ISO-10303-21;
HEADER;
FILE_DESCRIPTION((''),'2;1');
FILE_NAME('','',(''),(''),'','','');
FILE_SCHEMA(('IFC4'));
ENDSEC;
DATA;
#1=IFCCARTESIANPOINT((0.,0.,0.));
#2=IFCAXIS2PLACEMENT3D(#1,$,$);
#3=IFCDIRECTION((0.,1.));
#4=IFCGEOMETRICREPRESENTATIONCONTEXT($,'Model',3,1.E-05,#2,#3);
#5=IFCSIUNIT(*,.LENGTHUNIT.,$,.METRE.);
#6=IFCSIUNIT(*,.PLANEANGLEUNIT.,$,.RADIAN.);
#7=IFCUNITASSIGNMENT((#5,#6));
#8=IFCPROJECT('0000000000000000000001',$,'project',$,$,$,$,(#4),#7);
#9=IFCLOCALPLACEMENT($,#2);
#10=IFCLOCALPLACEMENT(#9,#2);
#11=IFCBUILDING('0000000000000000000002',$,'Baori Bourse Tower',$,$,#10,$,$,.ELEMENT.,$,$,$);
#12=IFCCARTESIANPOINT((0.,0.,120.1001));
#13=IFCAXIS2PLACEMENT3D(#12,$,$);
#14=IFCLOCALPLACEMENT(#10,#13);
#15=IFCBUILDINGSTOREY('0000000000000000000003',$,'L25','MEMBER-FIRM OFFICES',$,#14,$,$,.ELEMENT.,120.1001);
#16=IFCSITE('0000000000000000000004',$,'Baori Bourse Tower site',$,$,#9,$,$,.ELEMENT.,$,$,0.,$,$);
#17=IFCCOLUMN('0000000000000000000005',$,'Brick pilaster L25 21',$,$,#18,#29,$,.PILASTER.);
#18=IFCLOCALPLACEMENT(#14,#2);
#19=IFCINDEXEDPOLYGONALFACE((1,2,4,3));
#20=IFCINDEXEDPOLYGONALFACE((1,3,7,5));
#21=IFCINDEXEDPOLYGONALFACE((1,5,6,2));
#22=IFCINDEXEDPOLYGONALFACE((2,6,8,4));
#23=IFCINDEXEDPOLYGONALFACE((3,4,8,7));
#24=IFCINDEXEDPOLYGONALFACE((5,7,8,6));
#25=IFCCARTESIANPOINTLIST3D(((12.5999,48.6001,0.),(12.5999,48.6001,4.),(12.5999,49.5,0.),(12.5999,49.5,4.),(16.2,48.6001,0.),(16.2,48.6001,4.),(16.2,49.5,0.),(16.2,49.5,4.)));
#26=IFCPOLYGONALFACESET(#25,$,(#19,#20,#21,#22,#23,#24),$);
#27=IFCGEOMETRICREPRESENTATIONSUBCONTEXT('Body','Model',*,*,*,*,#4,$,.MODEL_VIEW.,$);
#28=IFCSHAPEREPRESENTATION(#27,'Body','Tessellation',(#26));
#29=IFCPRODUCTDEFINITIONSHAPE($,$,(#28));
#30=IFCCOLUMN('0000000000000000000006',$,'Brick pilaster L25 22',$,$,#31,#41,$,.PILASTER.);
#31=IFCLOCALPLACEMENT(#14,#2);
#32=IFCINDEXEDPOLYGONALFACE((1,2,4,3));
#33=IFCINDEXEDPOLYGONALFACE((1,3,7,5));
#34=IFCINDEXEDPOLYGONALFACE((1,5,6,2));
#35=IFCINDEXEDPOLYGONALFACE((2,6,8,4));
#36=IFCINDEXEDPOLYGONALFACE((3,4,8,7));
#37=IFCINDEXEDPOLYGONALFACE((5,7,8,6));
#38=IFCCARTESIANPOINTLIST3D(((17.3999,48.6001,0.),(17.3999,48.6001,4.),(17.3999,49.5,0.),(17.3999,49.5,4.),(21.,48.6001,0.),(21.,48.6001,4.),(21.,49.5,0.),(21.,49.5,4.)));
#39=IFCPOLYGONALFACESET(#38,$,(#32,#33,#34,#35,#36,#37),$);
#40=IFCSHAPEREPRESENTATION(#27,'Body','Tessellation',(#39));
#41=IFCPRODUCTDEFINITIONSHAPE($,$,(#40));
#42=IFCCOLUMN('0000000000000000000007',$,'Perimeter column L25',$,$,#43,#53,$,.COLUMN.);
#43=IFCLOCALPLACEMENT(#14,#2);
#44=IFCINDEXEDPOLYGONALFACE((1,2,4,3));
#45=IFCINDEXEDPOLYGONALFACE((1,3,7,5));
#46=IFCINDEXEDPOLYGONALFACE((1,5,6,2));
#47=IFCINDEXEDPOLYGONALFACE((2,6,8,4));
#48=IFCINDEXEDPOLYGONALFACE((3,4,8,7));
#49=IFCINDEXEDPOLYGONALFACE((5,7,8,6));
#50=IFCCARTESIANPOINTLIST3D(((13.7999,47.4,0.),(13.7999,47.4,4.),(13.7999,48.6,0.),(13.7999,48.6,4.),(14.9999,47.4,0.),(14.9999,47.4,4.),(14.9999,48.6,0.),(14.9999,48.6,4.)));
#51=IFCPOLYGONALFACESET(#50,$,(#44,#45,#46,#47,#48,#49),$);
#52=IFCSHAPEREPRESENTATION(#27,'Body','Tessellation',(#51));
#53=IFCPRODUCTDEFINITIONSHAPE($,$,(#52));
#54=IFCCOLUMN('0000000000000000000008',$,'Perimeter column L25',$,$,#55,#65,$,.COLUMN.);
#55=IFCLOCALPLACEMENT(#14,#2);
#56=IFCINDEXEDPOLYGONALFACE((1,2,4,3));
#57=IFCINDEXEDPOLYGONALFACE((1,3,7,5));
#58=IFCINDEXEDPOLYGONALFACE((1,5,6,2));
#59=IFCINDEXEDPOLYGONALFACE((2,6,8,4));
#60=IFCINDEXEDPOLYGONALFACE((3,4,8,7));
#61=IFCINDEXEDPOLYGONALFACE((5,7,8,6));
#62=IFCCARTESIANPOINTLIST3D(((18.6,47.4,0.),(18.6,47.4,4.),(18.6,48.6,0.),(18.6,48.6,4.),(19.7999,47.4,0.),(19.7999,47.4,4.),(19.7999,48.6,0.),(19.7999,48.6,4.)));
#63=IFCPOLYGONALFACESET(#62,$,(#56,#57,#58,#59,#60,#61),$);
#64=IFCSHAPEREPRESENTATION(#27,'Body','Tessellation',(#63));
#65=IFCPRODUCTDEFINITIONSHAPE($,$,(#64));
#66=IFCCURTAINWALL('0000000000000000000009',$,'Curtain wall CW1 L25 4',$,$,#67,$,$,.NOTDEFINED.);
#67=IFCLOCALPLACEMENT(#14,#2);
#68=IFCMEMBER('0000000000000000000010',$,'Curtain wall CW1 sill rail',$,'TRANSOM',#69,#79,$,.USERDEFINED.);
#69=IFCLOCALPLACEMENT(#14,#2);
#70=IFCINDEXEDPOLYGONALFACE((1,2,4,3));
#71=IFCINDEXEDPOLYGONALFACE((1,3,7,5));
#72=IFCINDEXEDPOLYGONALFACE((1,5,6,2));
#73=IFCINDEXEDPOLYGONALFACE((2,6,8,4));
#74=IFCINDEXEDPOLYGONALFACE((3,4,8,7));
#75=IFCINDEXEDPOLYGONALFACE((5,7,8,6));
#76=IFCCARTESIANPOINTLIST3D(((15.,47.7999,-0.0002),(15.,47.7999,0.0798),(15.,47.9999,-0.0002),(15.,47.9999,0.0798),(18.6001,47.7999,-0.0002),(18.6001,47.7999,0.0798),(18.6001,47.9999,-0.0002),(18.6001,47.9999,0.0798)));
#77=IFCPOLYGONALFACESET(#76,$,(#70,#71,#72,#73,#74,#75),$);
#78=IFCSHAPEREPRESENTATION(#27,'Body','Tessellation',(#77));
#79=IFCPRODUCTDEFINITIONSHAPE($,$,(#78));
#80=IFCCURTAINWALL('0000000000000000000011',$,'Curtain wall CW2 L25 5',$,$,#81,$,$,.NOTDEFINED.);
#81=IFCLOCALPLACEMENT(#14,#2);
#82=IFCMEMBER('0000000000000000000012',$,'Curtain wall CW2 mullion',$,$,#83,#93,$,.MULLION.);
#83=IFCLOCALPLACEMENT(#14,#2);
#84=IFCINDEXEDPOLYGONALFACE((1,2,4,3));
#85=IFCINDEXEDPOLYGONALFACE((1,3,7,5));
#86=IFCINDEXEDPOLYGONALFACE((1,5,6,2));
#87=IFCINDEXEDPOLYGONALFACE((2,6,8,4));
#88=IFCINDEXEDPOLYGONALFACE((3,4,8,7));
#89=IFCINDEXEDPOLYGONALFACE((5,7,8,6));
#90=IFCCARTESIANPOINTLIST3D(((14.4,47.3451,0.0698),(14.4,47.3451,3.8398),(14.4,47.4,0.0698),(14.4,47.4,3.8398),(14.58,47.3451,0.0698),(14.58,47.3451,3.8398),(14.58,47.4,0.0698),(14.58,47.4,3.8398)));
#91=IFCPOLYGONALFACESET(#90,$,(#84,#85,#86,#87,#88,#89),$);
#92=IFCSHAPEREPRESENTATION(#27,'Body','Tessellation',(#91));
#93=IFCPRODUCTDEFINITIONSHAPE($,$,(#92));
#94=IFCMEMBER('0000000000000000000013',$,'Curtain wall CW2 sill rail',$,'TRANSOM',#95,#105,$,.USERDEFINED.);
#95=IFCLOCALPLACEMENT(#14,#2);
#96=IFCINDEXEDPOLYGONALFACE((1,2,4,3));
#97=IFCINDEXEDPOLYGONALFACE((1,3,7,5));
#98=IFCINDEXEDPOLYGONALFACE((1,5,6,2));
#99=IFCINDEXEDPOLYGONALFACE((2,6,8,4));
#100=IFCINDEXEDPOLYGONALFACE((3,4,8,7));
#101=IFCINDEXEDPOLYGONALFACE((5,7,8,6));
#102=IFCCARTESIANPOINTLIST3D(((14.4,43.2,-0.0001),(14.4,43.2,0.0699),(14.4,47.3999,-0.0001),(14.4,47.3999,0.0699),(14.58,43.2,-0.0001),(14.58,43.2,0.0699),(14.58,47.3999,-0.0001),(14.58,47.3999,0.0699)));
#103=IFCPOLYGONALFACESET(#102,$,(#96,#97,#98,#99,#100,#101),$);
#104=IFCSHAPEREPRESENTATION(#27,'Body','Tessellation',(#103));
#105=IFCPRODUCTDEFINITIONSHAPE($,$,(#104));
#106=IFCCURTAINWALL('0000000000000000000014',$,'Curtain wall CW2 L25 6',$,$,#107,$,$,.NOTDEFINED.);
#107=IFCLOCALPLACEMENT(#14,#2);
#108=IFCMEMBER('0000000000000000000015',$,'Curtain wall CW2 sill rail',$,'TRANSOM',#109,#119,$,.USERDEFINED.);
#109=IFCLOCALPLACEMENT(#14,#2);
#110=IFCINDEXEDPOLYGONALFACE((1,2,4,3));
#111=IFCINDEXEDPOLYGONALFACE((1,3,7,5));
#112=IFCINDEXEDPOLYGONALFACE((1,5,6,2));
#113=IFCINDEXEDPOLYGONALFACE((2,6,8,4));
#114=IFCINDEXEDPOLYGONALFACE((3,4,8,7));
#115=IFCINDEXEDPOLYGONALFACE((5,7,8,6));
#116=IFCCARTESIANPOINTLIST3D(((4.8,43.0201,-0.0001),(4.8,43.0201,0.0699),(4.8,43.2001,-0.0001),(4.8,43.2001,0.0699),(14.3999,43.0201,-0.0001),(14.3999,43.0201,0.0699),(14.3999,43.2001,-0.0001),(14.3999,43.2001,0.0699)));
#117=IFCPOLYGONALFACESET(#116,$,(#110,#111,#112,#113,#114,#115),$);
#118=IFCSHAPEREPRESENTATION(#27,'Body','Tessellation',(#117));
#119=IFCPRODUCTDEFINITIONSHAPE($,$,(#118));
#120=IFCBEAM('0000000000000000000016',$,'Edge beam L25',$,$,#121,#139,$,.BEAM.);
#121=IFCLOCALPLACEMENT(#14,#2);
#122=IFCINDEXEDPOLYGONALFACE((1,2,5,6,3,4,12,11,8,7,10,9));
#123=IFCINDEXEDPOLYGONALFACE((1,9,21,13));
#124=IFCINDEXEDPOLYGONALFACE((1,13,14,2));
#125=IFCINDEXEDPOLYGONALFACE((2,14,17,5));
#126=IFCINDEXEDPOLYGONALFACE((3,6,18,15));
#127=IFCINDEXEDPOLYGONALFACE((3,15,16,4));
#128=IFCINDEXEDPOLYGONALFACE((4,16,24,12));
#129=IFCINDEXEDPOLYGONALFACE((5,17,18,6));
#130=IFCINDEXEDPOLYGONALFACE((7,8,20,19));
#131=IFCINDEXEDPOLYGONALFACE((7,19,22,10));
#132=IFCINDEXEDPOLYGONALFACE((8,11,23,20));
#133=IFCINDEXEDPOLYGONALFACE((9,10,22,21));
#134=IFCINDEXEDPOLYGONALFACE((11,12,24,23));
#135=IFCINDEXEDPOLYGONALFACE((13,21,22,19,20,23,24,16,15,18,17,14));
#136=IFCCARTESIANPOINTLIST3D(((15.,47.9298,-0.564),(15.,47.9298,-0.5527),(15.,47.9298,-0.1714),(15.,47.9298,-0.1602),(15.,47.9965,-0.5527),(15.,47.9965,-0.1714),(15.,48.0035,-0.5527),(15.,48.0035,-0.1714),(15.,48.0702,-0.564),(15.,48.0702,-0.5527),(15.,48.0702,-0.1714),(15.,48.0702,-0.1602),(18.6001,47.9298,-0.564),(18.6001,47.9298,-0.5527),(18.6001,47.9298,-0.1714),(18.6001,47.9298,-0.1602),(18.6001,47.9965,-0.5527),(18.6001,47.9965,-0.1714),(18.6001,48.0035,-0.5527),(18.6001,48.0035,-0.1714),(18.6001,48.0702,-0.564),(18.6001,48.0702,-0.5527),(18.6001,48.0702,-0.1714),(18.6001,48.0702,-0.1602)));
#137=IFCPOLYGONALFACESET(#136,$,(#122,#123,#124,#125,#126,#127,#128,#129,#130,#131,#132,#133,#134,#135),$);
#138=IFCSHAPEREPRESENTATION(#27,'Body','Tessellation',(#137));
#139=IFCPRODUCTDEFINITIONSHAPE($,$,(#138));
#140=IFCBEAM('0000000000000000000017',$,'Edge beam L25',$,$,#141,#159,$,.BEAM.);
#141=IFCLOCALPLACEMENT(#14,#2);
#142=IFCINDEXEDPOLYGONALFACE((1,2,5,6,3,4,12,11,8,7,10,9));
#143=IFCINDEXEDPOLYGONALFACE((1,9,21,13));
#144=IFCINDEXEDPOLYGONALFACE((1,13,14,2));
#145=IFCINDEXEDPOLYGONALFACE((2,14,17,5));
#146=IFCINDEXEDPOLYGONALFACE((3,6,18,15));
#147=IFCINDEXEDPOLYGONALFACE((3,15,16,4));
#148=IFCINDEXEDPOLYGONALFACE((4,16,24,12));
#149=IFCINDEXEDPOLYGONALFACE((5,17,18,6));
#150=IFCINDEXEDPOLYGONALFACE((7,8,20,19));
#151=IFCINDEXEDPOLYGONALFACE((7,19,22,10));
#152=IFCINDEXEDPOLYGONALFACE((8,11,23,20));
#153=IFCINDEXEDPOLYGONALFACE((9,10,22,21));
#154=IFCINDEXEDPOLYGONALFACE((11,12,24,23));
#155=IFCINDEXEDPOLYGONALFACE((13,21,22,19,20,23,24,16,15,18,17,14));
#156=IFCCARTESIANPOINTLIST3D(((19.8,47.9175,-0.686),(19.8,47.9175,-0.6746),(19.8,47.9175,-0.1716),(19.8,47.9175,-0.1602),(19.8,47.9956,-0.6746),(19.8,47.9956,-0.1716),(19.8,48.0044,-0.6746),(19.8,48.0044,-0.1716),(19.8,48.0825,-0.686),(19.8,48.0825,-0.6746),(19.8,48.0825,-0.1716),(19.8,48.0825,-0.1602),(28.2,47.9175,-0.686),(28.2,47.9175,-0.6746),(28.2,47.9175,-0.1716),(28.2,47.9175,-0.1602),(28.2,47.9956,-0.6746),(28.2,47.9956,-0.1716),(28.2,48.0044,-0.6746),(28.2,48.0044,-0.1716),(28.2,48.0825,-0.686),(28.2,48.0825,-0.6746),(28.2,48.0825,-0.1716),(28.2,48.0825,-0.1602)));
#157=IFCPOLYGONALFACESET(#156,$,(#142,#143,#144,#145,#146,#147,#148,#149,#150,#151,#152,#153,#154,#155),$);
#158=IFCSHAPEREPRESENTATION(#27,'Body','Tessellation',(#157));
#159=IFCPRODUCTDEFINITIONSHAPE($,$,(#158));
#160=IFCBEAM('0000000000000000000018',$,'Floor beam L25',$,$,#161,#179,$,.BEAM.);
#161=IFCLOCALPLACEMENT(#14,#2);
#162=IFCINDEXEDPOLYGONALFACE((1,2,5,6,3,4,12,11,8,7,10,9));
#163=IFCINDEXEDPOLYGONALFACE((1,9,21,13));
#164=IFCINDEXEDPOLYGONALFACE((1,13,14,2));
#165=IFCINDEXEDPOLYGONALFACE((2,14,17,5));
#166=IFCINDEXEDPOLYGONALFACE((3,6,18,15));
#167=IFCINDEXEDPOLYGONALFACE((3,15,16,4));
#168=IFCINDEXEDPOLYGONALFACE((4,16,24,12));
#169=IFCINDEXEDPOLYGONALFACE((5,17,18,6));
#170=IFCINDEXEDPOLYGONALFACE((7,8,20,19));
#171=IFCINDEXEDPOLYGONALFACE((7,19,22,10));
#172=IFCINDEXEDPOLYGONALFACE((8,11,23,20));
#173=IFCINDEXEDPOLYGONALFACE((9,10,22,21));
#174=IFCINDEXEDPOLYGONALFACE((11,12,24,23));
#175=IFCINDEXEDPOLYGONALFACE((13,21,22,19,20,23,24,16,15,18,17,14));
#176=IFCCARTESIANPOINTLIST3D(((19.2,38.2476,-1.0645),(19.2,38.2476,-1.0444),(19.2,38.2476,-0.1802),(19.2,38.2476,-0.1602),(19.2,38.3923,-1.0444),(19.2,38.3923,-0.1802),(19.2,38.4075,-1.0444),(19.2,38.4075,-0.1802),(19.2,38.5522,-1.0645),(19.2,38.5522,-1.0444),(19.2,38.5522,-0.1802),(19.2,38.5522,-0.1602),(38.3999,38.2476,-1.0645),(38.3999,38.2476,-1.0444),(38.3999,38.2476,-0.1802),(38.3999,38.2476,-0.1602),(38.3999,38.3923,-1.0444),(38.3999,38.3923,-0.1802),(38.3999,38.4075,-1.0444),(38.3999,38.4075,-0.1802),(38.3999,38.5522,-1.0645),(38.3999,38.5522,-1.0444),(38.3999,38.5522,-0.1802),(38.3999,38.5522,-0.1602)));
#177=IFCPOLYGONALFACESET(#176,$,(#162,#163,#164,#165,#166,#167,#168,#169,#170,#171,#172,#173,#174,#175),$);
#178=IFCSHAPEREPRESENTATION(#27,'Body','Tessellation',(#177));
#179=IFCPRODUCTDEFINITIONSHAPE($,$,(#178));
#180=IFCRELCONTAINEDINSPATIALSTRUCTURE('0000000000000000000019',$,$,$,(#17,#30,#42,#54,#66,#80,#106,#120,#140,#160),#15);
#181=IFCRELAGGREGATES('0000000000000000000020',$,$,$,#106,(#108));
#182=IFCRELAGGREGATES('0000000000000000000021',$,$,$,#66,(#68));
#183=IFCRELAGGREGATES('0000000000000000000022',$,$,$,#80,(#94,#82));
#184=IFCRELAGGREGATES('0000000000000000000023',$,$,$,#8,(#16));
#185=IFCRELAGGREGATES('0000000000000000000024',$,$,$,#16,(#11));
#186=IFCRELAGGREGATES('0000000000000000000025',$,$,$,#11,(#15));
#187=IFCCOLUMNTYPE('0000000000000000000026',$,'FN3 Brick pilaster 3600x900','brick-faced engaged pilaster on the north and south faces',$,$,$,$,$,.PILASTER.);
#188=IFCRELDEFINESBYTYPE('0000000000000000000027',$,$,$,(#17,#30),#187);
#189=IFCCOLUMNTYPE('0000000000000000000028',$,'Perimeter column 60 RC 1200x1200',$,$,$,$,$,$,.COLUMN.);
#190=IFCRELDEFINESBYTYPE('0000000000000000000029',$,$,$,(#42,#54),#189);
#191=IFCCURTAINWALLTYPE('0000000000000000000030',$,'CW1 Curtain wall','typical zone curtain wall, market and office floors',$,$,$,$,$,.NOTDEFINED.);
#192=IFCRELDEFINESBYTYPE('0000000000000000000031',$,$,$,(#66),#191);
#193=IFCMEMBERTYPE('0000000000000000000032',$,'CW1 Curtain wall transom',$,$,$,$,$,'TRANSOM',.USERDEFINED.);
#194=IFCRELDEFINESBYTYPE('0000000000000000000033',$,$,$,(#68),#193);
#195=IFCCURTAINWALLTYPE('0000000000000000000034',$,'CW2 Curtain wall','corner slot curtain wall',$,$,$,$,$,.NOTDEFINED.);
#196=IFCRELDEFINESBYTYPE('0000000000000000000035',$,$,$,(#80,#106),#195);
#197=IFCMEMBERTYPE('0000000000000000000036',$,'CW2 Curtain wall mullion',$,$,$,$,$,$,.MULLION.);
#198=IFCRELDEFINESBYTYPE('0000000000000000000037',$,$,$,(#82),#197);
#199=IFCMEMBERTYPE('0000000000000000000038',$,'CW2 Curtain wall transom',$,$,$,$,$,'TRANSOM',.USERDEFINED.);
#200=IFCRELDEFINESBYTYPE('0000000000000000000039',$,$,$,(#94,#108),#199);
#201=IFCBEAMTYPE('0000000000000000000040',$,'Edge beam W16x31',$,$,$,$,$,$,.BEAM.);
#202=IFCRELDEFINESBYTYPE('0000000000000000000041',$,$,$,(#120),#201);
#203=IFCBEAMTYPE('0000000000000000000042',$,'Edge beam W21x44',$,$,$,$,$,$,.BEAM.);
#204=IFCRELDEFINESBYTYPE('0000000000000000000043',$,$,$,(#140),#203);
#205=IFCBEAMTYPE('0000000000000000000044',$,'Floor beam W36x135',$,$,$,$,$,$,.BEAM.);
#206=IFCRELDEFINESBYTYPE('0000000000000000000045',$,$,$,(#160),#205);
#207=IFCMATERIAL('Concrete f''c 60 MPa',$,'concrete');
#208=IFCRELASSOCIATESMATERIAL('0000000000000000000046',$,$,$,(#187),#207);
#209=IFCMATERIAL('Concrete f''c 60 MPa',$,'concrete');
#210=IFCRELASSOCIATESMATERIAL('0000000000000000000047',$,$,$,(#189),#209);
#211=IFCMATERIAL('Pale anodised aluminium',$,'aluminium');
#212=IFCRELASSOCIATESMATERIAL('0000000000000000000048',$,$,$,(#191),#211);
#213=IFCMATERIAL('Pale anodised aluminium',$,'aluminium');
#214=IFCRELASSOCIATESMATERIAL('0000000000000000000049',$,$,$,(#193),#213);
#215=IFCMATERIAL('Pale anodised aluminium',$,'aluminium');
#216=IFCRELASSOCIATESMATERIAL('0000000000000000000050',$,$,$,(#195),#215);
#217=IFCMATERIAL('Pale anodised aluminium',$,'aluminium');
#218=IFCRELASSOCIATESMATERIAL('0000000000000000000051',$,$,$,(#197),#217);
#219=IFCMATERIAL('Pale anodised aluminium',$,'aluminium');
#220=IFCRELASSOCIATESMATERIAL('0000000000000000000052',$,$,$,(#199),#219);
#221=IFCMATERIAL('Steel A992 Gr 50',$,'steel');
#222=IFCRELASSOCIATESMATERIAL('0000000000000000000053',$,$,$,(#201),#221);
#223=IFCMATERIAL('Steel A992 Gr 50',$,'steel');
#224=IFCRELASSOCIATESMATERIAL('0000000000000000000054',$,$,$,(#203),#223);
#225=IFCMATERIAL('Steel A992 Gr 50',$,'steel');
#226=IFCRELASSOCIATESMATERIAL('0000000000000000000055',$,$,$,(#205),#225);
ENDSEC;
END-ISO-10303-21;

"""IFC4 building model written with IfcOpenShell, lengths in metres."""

from ifc_helpers import new_model, si_unit, direction, frame, origin, origin_2d, place, context, subcontext, project, spatial, rectangle, i_section, extrude, material, material_profile, profile_set, type_object, element, aggregate, save


model = new_model("IFC4")

# Units and contexts
model_context = context("Model", 3, precision=1e-05, world=origin(), true_north=direction((0.0, 1.0)))
body_context = subcontext(model_context, "Body", "Model", "MODEL_VIEW")
ifc_project = project(units=[si_unit("LENGTHUNIT", "METRE"), si_unit("PLANEANGLEUNIT", "RADIAN")], contexts=[model_context])

# Site, building, storey
site_placement = place(None, origin())
site = spatial("IfcSite", under=ifc_project, at=site_placement, Name="Baori Bourse Tower site", CompositionType="ELEMENT", RefElevation=0.0)
building_placement = place(site_placement, origin())
building = spatial("IfcBuilding", under=site, at=building_placement, Name="Baori Bourse Tower", CompositionType="ELEMENT")
storey_placement = place(building_placement, frame((0.0, 0.0, 120.1001)))
storey = spatial("IfcBuildingStorey", under=building, at=storey_placement, Name="L25", Description="MEMBER-FIRM OFFICES", CompositionType="ELEMENT", Elevation=120.1001)

# Columns
ifc_material_1 = material(Name="Concrete f'c 60 MPa", Category="concrete")
ifc_material_profile_1 = material_profile(ifc_material_1, rectangle(XDim=3.6001, YDim=0.8999, at=origin_2d()), Name="RC 3600x900")
ifc_profile_set_1 = profile_set([ifc_material_profile_1], Name="Concrete f'c 60 MPa")
column_type_1 = type_object("IfcColumnType", Name="FN3 Brick pilaster 3600x900", Description="brick-faced engaged pilaster on the north and south faces", PredefinedType="PILASTER", material=ifc_profile_set_1)
for number, where, z_axis, x_axis, name in (
    (1, (14.3999, 49.05, 0.0), (0.0, 0.0, 1.0), (1.0, 0.0, 0.0), "Brick pilaster L25 21"),
    (2, (19.2, 49.05, 0.0), (0.0, 0.0, 1.0), (1.0, 0.0, 0.0), "Brick pilaster L25 22"),
):
    element("IfcColumn", number, at=place(storey_placement, frame(where, z_axis=z_axis, x_axis=x_axis)), inside=storey, type_object=column_type_1, Name=name, PredefinedType="PILASTER", context=body_context, shape_type="SweptSolid", body=[
        extrude(rectangle(XDim=3.6001, YDim=0.8999, at=origin_2d()), origin(), (0.0, 0.0, 1.0), 4.0),
    ])
ifc_material_2 = material(Name="Concrete f'c 60 MPa", Category="concrete")
ifc_material_profile_2 = material_profile(ifc_material_2, rectangle(XDim=1.2, YDim=1.2, at=origin_2d()), Name="RC 1200x1200")
ifc_profile_set_2 = profile_set([ifc_material_profile_2], Name="Concrete f'c 60 MPa")
column_type_2 = type_object("IfcColumnType", Name="Perimeter column 60 RC 1200x1200", PredefinedType="COLUMN", material=ifc_profile_set_2)
for number, where, z_axis, x_axis, name in (
    (3, (14.3999, 48.0, 0.0), (0.0, 0.0, 1.0), (1.0, 0.0, 0.0), "Perimeter column L25"),
    (4, (19.2, 48.0, 0.0), (0.0, 0.0, 1.0), (1.0, 0.0, 0.0), "Perimeter column L25"),
):
    element("IfcColumn", number, at=place(storey_placement, frame(where, z_axis=z_axis, x_axis=x_axis)), inside=storey, type_object=column_type_2, Name=name, PredefinedType="COLUMN", context=body_context, shape_type="SweptSolid", body=[
        extrude(rectangle(XDim=1.2, YDim=1.2, at=origin_2d()), origin(), (0.0, 0.0, 1.0), 4.0),
    ])

# Curtain wall, member
ifc_material_3 = material(Name="Pale anodised aluminium", Category="aluminium")
curtain_wall_type_1 = type_object("IfcCurtainWallType", Name="CW1 Curtain wall", Description="typical zone curtain wall, market and office floors", PredefinedType="NOTDEFINED", material=ifc_material_3)
curtain_wall_1_placement = place(storey_placement, origin())
curtain_wall_1 = element("IfcCurtainWall", 5, at=curtain_wall_1_placement, inside=storey, type_object=curtain_wall_type_1, Name="Curtain wall CW1 L25 4", PredefinedType="NOTDEFINED")
ifc_material_4 = material(Name="Pale anodised aluminium", Category="aluminium")
ifc_material_profile_3 = material_profile(ifc_material_4, rectangle(XDim=0.2, YDim=0.0801, at=origin_2d()), Name="Transom 80x200")
ifc_profile_set_3 = profile_set([ifc_material_profile_3], Name="Pale anodised aluminium")
member_type_1 = type_object("IfcMemberType", Name="CW1 Curtain wall transom", ElementType="TRANSOM", PredefinedType="USERDEFINED", material=ifc_profile_set_3)
member_1_placement = place(storey_placement, frame((18.6001, 47.8999, 0.0398), z_axis=(-1.0, 0.0, 0.0), x_axis=(0.0, -1.0, 0.0)))
member_1 = element("IfcMember", 6, at=member_1_placement, type_object=member_type_1, Name="Curtain wall CW1 sill rail", ObjectType="TRANSOM", PredefinedType="USERDEFINED", context=body_context, shape_type="SweptSolid", body=[
    extrude(rectangle(XDim=0.2, YDim=0.0801, at=origin_2d()), origin(), (0.0, 0.0, 1.0), 3.6001),
])

# Curtain wall, members
ifc_material_5 = material(Name="Pale anodised aluminium", Category="aluminium")
curtain_wall_type_2 = type_object("IfcCurtainWallType", Name="CW2 Curtain wall", Description="corner slot curtain wall", PredefinedType="NOTDEFINED", material=ifc_material_5)
curtain_wall_2_placement = place(storey_placement, origin())
curtain_wall_2 = element("IfcCurtainWall", 7, at=curtain_wall_2_placement, inside=storey, type_object=curtain_wall_type_2, Name="Curtain wall CW2 L25 5", PredefinedType="NOTDEFINED")
ifc_material_6 = material(Name="Pale anodised aluminium", Category="aluminium")
ifc_material_profile_4 = material_profile(ifc_material_6, rectangle(XDim=0.1799, YDim=0.0549, at=origin_2d()), Name="Mullion 55x180")
ifc_profile_set_4 = profile_set([ifc_material_profile_4], Name="Pale anodised aluminium")
member_type_2 = type_object("IfcMemberType", Name="CW2 Curtain wall mullion", PredefinedType="MULLION", material=ifc_profile_set_4)
member_2_placement = place(storey_placement, frame((14.49, 47.3726, 0.0698), z_axis=(0.0, 0.0, 1.0), x_axis=(1.0, 0.0, 0.0)))
member_2 = element("IfcMember", 8, at=member_2_placement, type_object=member_type_2, Name="Curtain wall CW2 mullion", PredefinedType="MULLION", context=body_context, shape_type="SweptSolid", body=[
    extrude(rectangle(XDim=0.1799, YDim=0.0549, at=origin_2d()), origin(), (0.0, 0.0, 1.0), 3.77),
])
ifc_material_7 = material(Name="Pale anodised aluminium", Category="aluminium")
ifc_material_profile_5 = material_profile(ifc_material_7, rectangle(XDim=0.1799, YDim=0.0701, at=origin_2d()), Name="Transom 70x180")
ifc_profile_set_5 = profile_set([ifc_material_profile_5], Name="Pale anodised aluminium")
member_type_3 = type_object("IfcMemberType", Name="CW2 Curtain wall transom", ElementType="TRANSOM", PredefinedType="USERDEFINED", material=ifc_profile_set_5)
member_3_placement = place(storey_placement, frame((14.49, 47.3999, 0.0349), z_axis=(0.0, -1.0, 0.0), x_axis=(1.0, 0.0, 0.0)))
member_3 = element("IfcMember", 9, at=member_3_placement, type_object=member_type_3, Name="Curtain wall CW2 sill rail", ObjectType="TRANSOM", PredefinedType="USERDEFINED", context=body_context, shape_type="SweptSolid", body=[
    extrude(rectangle(XDim=0.1799, YDim=0.0701, at=origin_2d()), origin(), (0.0, 0.0, 1.0), 4.2),
])

# Curtain wall, member
curtain_wall_3_placement = place(storey_placement, origin())
curtain_wall_3 = element("IfcCurtainWall", 10, at=curtain_wall_3_placement, inside=storey, type_object=curtain_wall_type_2, Name="Curtain wall CW2 L25 6", PredefinedType="NOTDEFINED")
member_4_placement = place(storey_placement, frame((14.3999, 43.1101, 0.0349), z_axis=(-1.0, 0.0, 0.0), x_axis=(0.0, -1.0, 0.0)))
member_4 = element("IfcMember", 11, at=member_4_placement, type_object=member_type_3, Name="Curtain wall CW2 sill rail", ObjectType="TRANSOM", PredefinedType="USERDEFINED", context=body_context, shape_type="SweptSolid", body=[
    extrude(rectangle(XDim=0.1799, YDim=0.0701, at=origin_2d()), origin(), (0.0, 0.0, 1.0), 9.5999),
])
aggregate(curtain_wall_3, [member_4])

# Beams
ifc_material_8 = material(Name="Steel A992 Gr 50", Category="steel")
ifc_material_profile_6 = material_profile(ifc_material_8, i_section(OverallWidth=0.1404, OverallDepth=0.4038, WebThickness=0.0071, FlangeThickness=0.0112, at=origin_2d()), Name="W16x31")
ifc_profile_set_6 = profile_set([ifc_material_profile_6], Name="Steel A992 Gr 50")
beam_type_1 = type_object("IfcBeamType", Name="Edge beam W16x31", PredefinedType="BEAM", material=ifc_profile_set_6)
beam_1_placement = place(storey_placement, frame((15.0, 48.0, -0.3621), z_axis=(1.0, 0.0, 0.0), x_axis=(0.0, 1.0, 0.0)))
element("IfcBeam", 12, at=beam_1_placement, inside=storey, type_object=beam_type_1, Name="Edge beam L25", PredefinedType="BEAM", context=body_context, shape_type="SweptSolid", body=[
    extrude(i_section(OverallWidth=0.1404, OverallDepth=0.4038, WebThickness=0.0071, FlangeThickness=0.0112, at=origin_2d()), origin(), (0.0, 0.0, 1.0), 3.6001),
])
ifc_material_9 = material(Name="Steel A992 Gr 50", Category="steel")
ifc_material_profile_7 = material_profile(ifc_material_9, i_section(OverallWidth=0.165, OverallDepth=0.5259, WebThickness=0.0088, FlangeThickness=0.0115, at=origin_2d()), Name="W21x44")
ifc_profile_set_7 = profile_set([ifc_material_profile_7], Name="Steel A992 Gr 50")
beam_type_2 = type_object("IfcBeamType", Name="Edge beam W21x44", PredefinedType="BEAM", material=ifc_profile_set_7)
beam_2_placement = place(storey_placement, frame((19.8, 48.0, -0.4231), z_axis=(1.0, 0.0, 0.0), x_axis=(0.0, 1.0, 0.0)))
element("IfcBeam", 13, at=beam_2_placement, inside=storey, type_object=beam_type_2, Name="Edge beam L25", PredefinedType="BEAM", context=body_context, shape_type="SweptSolid", body=[
    extrude(i_section(OverallWidth=0.165, OverallDepth=0.5259, WebThickness=0.0088, FlangeThickness=0.0115, at=origin_2d()), origin(), (0.0, 0.0, 1.0), 8.3999),
])
ifc_material_10 = material(Name="Steel A992 Gr 50", Category="steel")
ifc_material_profile_8 = material_profile(ifc_material_10, i_section(OverallWidth=0.3047, OverallDepth=0.9043, WebThickness=0.0151, FlangeThickness=0.02, at=origin_2d()), Name="W36x135")
ifc_profile_set_8 = profile_set([ifc_material_profile_8], Name="Steel A992 Gr 50")
beam_type_3 = type_object("IfcBeamType", Name="Floor beam W36x135", PredefinedType="BEAM", material=ifc_profile_set_8)
beam_3_placement = place(storey_placement, frame((19.2, 38.3999, -0.6123), z_axis=(1.0, 0.0, 0.0), x_axis=(0.0, 1.0, 0.0)))
element("IfcBeam", 14, at=beam_3_placement, inside=storey, type_object=beam_type_3, Name="Floor beam L25", PredefinedType="BEAM", context=body_context, shape_type="SweptSolid", body=[
    extrude(i_section(OverallWidth=0.3047, OverallDepth=0.9043, WebThickness=0.0151, FlangeThickness=0.02, at=origin_2d()), origin(), (0.0, 0.0, 1.0), 19.2),
])

aggregate(curtain_wall_1, [member_1])
aggregate(curtain_wall_2, [member_3, member_2])

save(model, "model.ifc")
